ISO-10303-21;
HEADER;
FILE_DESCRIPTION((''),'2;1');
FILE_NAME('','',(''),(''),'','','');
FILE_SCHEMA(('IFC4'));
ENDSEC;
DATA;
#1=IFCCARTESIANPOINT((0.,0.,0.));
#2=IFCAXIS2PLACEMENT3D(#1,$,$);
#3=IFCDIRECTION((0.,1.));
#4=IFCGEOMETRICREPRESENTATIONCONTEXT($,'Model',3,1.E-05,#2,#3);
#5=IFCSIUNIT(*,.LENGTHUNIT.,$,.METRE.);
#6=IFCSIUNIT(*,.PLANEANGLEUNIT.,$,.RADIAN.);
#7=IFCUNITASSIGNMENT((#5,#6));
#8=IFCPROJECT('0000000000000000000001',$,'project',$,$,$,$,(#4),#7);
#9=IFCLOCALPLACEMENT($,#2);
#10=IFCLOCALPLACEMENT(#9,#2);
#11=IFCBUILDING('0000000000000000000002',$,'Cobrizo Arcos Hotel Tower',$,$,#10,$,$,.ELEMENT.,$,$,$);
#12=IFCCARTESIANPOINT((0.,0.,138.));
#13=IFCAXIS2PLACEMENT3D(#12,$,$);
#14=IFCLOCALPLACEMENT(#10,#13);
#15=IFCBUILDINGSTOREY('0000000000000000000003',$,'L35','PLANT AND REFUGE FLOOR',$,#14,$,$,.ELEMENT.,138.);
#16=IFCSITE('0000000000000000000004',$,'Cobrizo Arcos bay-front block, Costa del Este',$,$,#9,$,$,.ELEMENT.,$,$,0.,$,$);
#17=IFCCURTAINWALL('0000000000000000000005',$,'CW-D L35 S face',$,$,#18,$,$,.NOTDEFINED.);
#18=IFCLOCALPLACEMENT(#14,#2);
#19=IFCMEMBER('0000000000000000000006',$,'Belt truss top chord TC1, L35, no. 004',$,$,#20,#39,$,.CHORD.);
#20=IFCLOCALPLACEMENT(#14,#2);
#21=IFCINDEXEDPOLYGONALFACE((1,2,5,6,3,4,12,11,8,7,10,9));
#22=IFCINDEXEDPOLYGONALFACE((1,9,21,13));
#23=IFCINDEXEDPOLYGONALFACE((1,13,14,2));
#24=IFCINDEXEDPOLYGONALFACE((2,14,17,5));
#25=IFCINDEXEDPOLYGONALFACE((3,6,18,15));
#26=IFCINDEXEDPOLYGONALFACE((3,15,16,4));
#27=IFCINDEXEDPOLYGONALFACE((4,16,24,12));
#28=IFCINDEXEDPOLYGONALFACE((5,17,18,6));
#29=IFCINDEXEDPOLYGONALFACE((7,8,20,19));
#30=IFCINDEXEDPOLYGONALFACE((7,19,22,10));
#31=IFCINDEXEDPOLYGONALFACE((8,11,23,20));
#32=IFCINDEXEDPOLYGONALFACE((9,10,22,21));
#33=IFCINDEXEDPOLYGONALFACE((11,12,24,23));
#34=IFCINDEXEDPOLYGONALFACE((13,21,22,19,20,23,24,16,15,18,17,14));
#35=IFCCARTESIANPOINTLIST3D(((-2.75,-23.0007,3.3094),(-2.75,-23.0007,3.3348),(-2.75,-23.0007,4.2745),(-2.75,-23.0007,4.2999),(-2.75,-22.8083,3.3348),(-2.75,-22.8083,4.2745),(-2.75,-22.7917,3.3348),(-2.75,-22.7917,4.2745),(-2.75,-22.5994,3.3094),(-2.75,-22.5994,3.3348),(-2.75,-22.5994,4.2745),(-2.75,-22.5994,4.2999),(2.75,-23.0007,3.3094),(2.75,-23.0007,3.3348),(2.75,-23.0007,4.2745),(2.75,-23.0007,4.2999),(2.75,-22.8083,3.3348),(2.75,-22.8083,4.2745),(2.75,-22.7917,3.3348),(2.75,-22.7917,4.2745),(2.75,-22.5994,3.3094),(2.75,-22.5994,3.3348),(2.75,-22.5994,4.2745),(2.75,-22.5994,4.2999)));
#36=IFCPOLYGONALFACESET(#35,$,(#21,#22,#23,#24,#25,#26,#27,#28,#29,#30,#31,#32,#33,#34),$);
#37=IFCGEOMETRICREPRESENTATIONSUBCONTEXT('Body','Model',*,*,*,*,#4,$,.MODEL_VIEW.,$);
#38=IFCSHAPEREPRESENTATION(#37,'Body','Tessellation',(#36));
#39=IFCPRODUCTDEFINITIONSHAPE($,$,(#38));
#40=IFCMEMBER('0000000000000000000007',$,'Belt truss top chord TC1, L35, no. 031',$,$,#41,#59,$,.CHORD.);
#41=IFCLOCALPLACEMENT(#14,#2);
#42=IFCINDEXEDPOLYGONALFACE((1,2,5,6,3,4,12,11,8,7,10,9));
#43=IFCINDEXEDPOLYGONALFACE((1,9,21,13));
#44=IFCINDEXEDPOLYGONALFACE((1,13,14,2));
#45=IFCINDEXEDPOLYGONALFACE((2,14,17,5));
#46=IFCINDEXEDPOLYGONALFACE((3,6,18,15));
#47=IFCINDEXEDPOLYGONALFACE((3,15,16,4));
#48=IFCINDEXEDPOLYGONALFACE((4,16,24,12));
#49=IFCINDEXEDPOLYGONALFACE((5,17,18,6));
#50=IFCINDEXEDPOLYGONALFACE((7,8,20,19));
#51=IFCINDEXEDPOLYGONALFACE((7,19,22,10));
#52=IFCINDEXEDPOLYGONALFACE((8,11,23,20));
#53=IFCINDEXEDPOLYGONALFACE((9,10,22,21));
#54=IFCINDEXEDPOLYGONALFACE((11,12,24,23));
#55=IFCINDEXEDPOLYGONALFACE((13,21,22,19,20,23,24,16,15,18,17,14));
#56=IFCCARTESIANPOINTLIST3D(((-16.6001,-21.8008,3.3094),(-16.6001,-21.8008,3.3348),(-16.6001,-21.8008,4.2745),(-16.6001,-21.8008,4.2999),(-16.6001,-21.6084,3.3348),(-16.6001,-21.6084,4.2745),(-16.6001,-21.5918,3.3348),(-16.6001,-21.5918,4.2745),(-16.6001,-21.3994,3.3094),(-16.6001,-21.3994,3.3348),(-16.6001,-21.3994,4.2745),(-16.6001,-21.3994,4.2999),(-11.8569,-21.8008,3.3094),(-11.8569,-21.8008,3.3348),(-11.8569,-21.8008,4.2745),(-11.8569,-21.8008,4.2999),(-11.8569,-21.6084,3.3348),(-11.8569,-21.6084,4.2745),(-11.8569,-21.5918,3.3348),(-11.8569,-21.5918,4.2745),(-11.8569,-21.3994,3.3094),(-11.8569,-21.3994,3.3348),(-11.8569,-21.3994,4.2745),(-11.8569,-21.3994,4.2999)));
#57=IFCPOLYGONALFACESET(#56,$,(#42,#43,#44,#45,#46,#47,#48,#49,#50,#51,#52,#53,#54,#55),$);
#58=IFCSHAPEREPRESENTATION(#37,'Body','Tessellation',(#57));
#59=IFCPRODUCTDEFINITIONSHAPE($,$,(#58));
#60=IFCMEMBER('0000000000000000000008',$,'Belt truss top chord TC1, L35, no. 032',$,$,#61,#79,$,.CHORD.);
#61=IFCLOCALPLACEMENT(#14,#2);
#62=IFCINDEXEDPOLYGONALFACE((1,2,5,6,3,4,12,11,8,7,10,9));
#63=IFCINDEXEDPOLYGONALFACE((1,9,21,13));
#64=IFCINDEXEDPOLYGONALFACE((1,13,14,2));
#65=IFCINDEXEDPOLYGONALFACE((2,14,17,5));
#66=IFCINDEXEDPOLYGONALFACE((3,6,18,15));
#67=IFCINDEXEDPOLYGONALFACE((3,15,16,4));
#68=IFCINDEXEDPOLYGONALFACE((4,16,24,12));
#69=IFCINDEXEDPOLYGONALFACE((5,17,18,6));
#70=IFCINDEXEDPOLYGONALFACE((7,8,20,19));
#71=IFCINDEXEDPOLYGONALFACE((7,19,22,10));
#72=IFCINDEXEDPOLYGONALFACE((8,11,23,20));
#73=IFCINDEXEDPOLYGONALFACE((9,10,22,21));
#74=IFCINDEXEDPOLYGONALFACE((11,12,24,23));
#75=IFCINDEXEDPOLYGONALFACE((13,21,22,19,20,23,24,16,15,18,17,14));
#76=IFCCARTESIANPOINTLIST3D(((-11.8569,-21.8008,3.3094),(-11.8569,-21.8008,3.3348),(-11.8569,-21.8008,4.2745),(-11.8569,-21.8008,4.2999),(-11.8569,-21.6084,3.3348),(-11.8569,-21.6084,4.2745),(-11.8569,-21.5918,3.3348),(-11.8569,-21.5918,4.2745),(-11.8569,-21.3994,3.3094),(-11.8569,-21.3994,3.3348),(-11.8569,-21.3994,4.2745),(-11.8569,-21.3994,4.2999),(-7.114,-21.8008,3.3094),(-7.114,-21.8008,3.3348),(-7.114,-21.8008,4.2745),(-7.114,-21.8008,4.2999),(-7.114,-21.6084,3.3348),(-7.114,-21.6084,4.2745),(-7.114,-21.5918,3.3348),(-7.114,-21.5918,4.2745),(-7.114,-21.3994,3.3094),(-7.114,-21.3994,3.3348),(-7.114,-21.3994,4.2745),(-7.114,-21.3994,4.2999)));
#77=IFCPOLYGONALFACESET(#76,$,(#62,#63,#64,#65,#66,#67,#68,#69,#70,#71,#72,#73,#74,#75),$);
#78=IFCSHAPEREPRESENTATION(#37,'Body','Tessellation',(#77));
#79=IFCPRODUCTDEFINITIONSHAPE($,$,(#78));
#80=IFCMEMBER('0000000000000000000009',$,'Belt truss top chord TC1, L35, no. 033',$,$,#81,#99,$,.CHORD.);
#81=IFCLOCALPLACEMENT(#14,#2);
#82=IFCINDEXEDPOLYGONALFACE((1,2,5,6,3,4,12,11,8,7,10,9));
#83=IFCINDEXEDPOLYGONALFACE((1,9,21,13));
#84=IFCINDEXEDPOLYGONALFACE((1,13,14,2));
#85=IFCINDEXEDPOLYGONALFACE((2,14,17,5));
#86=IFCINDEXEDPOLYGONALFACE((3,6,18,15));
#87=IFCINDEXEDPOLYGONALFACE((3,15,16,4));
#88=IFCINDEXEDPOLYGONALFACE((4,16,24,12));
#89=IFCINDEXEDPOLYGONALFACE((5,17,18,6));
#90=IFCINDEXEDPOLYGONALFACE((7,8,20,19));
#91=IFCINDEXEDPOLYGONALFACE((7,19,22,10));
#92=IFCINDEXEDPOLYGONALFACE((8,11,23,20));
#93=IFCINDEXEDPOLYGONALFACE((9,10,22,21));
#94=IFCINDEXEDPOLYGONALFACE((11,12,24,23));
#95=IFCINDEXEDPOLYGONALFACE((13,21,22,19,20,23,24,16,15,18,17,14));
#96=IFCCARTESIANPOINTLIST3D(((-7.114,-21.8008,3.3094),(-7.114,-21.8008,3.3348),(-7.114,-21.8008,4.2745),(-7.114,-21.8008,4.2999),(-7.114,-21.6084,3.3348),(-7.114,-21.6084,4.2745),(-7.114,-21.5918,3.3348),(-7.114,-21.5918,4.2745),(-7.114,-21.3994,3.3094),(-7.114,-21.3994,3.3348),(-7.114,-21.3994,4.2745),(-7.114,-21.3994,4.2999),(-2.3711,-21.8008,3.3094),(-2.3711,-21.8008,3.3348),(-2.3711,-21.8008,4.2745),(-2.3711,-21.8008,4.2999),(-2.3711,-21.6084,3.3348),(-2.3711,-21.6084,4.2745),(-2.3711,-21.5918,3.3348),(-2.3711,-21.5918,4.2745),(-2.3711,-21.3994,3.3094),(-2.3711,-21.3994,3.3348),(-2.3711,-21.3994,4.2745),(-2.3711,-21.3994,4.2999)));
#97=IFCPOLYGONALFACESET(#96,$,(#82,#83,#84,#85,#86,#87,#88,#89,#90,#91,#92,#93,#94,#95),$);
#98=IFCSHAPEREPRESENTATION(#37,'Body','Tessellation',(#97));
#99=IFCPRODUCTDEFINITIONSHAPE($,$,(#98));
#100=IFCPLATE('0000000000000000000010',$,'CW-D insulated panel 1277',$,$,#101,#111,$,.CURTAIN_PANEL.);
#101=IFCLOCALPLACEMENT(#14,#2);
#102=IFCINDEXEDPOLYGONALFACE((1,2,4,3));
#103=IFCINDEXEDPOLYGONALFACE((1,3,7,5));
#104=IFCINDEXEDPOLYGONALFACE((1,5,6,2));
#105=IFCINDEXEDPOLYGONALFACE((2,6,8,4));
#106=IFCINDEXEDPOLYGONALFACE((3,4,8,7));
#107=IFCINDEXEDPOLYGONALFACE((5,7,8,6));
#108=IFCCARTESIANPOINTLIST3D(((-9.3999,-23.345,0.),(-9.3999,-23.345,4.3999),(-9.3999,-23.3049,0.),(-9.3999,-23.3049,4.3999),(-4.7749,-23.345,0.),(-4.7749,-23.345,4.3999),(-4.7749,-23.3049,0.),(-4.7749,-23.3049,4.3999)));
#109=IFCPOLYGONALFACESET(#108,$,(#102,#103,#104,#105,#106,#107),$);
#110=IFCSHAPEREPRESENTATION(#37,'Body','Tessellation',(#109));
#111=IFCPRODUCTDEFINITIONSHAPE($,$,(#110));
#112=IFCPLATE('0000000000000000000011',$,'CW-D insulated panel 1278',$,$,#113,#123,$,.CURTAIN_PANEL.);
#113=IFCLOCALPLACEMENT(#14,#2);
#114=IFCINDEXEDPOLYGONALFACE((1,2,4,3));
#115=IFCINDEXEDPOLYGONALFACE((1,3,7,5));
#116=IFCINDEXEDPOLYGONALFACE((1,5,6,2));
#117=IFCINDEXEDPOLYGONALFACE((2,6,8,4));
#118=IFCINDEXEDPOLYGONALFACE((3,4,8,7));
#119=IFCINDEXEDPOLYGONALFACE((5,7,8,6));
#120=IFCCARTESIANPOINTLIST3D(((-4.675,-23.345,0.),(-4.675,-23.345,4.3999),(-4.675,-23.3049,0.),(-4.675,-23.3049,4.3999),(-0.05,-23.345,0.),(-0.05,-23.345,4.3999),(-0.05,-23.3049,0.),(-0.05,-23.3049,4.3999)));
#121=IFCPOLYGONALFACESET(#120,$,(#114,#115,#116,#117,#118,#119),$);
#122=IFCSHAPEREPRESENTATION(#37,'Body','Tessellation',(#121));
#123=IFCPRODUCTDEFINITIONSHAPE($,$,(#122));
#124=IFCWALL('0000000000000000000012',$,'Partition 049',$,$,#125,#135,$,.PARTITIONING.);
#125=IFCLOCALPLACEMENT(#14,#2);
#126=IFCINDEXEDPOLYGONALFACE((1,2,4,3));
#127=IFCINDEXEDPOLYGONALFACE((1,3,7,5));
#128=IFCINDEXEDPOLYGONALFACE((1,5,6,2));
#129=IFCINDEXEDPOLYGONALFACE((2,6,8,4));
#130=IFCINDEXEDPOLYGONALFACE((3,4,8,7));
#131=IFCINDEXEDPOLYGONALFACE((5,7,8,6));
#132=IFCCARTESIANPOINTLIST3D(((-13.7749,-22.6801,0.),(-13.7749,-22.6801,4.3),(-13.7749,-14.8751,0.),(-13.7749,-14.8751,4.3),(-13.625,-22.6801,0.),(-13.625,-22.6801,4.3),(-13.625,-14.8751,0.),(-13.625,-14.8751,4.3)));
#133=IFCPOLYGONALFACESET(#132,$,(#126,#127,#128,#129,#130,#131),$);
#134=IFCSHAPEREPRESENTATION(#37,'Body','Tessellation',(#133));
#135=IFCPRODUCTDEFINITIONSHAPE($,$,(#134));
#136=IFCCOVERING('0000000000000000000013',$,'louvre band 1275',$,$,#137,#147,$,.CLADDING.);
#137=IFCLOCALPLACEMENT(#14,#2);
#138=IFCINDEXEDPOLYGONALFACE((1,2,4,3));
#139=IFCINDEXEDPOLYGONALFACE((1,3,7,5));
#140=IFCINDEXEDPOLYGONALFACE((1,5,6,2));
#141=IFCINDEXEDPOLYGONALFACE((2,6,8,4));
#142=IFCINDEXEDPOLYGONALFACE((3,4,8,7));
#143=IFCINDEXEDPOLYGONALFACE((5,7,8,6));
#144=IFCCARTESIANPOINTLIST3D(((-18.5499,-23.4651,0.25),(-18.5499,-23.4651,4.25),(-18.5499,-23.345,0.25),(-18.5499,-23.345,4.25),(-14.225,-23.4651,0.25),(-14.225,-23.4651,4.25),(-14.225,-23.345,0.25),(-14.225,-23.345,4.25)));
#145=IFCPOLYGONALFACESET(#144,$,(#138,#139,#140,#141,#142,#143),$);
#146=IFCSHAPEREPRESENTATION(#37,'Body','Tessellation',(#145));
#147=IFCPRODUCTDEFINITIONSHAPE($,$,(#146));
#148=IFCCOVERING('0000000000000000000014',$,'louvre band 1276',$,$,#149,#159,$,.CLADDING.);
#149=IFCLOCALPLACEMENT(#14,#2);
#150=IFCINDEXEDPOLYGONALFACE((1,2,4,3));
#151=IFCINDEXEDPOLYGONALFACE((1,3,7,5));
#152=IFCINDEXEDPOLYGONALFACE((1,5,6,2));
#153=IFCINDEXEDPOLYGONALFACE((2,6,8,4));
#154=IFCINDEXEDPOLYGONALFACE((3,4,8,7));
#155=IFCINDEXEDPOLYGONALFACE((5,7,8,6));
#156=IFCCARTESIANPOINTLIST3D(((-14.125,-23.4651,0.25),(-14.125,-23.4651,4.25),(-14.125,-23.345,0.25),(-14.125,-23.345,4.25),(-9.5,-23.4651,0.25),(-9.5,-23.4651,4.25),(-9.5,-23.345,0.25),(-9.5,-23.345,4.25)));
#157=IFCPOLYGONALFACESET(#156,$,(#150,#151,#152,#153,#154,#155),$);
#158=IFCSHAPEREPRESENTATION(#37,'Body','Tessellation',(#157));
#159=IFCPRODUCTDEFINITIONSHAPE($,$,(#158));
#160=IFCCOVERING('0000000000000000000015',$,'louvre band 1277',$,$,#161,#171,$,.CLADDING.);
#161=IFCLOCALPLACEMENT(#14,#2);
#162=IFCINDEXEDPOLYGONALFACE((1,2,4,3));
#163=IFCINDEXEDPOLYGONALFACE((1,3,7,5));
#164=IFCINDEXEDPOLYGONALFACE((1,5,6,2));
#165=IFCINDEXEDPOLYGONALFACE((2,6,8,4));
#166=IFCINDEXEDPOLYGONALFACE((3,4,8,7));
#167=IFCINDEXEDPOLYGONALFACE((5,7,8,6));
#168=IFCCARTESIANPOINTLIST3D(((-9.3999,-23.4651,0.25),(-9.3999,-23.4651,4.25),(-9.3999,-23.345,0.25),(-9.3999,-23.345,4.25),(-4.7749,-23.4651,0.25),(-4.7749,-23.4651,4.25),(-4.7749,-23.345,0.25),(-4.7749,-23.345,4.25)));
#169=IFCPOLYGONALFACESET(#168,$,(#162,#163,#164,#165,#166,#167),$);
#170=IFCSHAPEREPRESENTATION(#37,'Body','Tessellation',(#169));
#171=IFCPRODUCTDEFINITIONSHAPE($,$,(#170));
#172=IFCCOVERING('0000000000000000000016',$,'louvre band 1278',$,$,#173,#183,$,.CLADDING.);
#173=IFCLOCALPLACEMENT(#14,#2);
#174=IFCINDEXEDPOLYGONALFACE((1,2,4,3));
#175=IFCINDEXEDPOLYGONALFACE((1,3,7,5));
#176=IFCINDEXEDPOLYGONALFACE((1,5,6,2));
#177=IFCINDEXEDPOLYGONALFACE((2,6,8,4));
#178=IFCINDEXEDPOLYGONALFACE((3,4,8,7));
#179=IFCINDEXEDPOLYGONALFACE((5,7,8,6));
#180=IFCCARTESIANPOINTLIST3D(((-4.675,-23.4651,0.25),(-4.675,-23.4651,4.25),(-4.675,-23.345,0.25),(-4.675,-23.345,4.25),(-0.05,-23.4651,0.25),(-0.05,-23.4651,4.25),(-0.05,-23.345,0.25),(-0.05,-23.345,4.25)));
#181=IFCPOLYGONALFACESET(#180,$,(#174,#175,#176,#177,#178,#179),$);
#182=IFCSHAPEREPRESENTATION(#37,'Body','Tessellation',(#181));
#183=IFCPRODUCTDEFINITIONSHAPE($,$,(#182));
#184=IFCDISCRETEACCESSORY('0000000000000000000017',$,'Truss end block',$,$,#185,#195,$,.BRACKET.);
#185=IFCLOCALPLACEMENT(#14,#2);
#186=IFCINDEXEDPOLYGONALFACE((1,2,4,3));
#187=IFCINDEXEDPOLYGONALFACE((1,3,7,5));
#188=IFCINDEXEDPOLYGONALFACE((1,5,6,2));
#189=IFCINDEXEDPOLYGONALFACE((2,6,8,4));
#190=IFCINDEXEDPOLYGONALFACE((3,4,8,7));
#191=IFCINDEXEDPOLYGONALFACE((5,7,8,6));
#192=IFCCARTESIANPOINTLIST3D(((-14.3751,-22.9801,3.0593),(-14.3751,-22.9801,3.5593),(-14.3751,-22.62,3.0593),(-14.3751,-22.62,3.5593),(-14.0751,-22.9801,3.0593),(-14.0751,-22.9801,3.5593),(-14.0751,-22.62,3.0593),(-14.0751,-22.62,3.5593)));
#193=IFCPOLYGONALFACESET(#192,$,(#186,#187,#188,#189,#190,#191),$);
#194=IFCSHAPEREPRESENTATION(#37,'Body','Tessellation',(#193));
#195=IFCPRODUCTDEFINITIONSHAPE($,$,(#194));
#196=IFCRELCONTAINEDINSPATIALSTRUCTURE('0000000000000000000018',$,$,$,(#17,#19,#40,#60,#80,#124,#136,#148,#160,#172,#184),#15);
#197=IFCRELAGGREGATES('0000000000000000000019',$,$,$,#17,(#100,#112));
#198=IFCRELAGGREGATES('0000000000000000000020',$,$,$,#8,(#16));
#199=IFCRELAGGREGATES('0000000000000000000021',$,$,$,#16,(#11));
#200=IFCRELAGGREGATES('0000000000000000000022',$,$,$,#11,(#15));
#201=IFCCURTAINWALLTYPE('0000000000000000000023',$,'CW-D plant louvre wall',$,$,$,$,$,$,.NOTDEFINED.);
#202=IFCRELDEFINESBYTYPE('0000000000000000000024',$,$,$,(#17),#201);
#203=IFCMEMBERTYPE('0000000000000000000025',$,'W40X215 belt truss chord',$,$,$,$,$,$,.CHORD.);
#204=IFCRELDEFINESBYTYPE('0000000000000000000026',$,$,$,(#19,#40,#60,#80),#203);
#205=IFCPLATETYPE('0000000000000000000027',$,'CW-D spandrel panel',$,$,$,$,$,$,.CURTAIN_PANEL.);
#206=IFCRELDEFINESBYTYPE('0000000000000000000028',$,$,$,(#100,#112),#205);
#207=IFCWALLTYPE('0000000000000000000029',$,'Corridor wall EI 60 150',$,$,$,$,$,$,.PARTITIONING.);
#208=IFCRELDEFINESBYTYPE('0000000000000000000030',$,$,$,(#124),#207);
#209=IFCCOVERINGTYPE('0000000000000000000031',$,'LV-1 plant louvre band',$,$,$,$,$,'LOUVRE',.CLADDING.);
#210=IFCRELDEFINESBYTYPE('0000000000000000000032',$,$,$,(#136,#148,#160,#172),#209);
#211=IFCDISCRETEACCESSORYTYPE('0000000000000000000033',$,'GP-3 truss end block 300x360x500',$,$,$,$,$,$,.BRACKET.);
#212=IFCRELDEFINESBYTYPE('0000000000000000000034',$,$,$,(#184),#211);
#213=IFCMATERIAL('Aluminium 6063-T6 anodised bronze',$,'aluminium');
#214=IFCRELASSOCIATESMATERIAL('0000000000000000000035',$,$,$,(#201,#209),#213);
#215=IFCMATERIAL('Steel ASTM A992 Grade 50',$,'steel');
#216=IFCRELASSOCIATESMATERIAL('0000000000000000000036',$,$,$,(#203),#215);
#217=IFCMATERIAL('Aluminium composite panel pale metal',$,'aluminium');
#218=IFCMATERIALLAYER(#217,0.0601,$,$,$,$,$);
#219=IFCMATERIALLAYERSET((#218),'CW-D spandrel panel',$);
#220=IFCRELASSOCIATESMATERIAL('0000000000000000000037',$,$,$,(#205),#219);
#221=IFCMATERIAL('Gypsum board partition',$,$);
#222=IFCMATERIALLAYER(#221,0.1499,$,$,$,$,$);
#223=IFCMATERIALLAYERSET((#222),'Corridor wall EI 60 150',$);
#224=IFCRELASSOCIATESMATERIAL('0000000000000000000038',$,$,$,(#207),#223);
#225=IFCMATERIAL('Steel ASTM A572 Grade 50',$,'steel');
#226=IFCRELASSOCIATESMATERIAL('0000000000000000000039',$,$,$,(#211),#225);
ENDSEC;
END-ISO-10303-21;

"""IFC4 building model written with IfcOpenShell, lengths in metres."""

from ifc_helpers import new_model, si_unit, direction, frame, frame_2d, origin, origin_2d, place, context, subcontext, project, spatial, rectangle, i_section, extrude, material, layer, layer_set, material_profile, profile_set, type_object, element, aggregate, save


model = new_model("IFC4")

# Units and contexts
model_context = context("Model", 3, precision=1e-05, world=origin(), true_north=direction((0.0, 1.0)))
body_context = subcontext(model_context, "Body", "Model", "MODEL_VIEW")
ifc_project = project(units=[si_unit("LENGTHUNIT", "METRE"), si_unit("PLANEANGLEUNIT", "RADIAN")], contexts=[model_context])

# Site, building, storey
site_placement = place(None, origin())
site = spatial("IfcSite", under=ifc_project, at=site_placement, Name="Cobrizo Arcos bay-front block, Costa del Este", CompositionType="ELEMENT", RefElevation=0.0)
building_placement = place(site_placement, origin())
building = spatial("IfcBuilding", under=site, at=building_placement, Name="Cobrizo Arcos Hotel Tower", CompositionType="ELEMENT")
storey_placement = place(building_placement, frame((0.0, 0.0, 138.0)))
storey = spatial("IfcBuildingStorey", under=building, at=storey_placement, Name="L35", Description="PLANT AND REFUGE FLOOR", CompositionType="ELEMENT", Elevation=138.0)

# Curtain wall
ifc_material_1 = material(Name="Aluminium 6063-T6 anodised bronze", Category="aluminium")
curtain_wall_type = type_object("IfcCurtainWallType", Name="CW-D plant louvre wall", PredefinedType="NOTDEFINED", material=ifc_material_1)
curtain_wall_placement = place(storey_placement, origin())
curtain_wall = element("IfcCurtainWall", 1, at=curtain_wall_placement, inside=storey, type_object=curtain_wall_type, Name="CW-D L35 S face", PredefinedType="NOTDEFINED")

# Members
ifc_material_2 = material(Name="Steel ASTM A992 Grade 50", Category="steel")
ifc_material_profile_1 = material_profile(ifc_material_2, i_section(OverallWidth=0.4014, OverallDepth=0.9905, WebThickness=0.0166, FlangeThickness=0.0254, at=origin_2d()), Name="W40X215")
ifc_profile_set_1 = profile_set([ifc_material_profile_1], Name="Steel ASTM A992 Grade 50")
member_type_1 = type_object("IfcMemberType", Name="W40X215 belt truss chord", PredefinedType="CHORD", material=ifc_profile_set_1)
member_1_placement = place(storey_placement, frame((-2.75, -22.8, 3.8047), z_axis=(1.0, 0.0, 0.0), x_axis=(0.0, 1.0, 0.0)))
element("IfcMember", 2, at=member_1_placement, inside=storey, type_object=member_type_1, Name="Belt truss top chord TC1, L35, no. 004", PredefinedType="CHORD", context=body_context, shape_type="SweptSolid", body=[
    extrude(i_section(OverallWidth=0.4014, OverallDepth=0.9905, WebThickness=0.0166, FlangeThickness=0.0254, at=origin_2d()), origin(), (0.0, 0.0, 1.0), 5.5),
])
member_2_placement = place(storey_placement, frame((-16.6001, -21.6001, 3.8047), z_axis=(1.0, 0.0, 0.0), x_axis=(0.0, 1.0, 0.0)))
element("IfcMember", 3, at=member_2_placement, inside=storey, type_object=member_type_1, Name="Belt truss top chord TC1, L35, no. 031", PredefinedType="CHORD", context=body_context, shape_type="SweptSolid", body=[
    extrude(i_section(OverallWidth=0.4014, OverallDepth=0.9905, WebThickness=0.0166, FlangeThickness=0.0254, at=origin_2d()), origin(), (0.0, 0.0, 1.0), 4.7432),
])
for number, where, z_axis, x_axis, name in (
    (4, (-11.8569, -21.6001, 3.8047), (1.0, 0.0, 0.0), (0.0, 1.0, 0.0), "Belt truss top chord TC1, L35, no. 032"),
    (5, (-7.114, -21.6001, 3.8047), (1.0, 0.0, 0.0), (0.0, 1.0, 0.0), "Belt truss top chord TC1, L35, no. 033"),
):
    element("IfcMember", number, at=place(storey_placement, frame(where, z_axis=z_axis, x_axis=x_axis)), inside=storey, type_object=member_type_1, Name=name, PredefinedType="CHORD", context=body_context, shape_type="SweptSolid", body=[
        extrude(i_section(OverallWidth=0.4014, OverallDepth=0.9905, WebThickness=0.0166, FlangeThickness=0.0254, at=origin_2d()), origin(), (0.0, 0.0, 1.0), 4.7429),
    ])

# Plates
ifc_material_3 = material(Name="Aluminium composite panel pale metal", Category="aluminium")
ifc_layer_1 = layer(ifc_material_3, 0.0601)
ifc_layer_set_1 = layer_set([ifc_layer_1], Name="CW-D spandrel panel")
plate_type = type_object("IfcPlateType", Name="CW-D spandrel panel", PredefinedType="CURTAIN_PANEL", material=ifc_layer_set_1)
plate_1_placement = place(storey_placement, frame((-7.0874, -23.325, 0.0), z_axis=(0.0, 0.0, 1.0), x_axis=(1.0, 0.0, 0.0)))
plate_1 = element("IfcPlate", 6, at=plate_1_placement, type_object=plate_type, Name="CW-D insulated panel 1277", PredefinedType="CURTAIN_PANEL", context=body_context, shape_type="SweptSolid", body=[
    extrude(rectangle(XDim=4.625, YDim=0.04, at=origin_2d()), origin(), (0.0, 0.0, 1.0), 4.3999),
])
plate_2_placement = place(storey_placement, frame((-2.3625, -23.325, 0.0), z_axis=(0.0, 0.0, 1.0), x_axis=(1.0, 0.0, 0.0)))
plate_2 = element("IfcPlate", 7, at=plate_2_placement, type_object=plate_type, Name="CW-D insulated panel 1278", PredefinedType="CURTAIN_PANEL", context=body_context, shape_type="SweptSolid", body=[
    extrude(rectangle(XDim=4.625, YDim=0.04, at=origin_2d()), origin(), (0.0, 0.0, 1.0), 4.3999),
])
aggregate(curtain_wall, [plate_1, plate_2])

# Wall
ifc_material_4 = material(Name="Gypsum board partition")
ifc_layer_2 = layer(ifc_material_4, 0.1499)
ifc_layer_set_2 = layer_set([ifc_layer_2], Name="Corridor wall EI 60 150")
wall_type = type_object("IfcWallType", Name="Corridor wall EI 60 150", PredefinedType="PARTITIONING", material=ifc_layer_set_2)
wall_placement = place(storey_placement, frame((-13.7, -22.6799, 0.0), z_axis=(0.0, 0.0, 1.0), x_axis=(0.0, 1.0, 0.0)))
element("IfcWall", 8, at=wall_placement, inside=storey, type_object=wall_type, Name="Partition 049", PredefinedType="PARTITIONING", context=body_context, shape_type="SweptSolid", body=[
    extrude(rectangle(XDim=7.8049, YDim=0.1499, at=frame_2d((3.9023, 0.0))), origin(), (0.0, 0.0, 1.0), 4.3),
])

# Coverings
covering_type = type_object("IfcCoveringType", Name="LV-1 plant louvre band", ElementType="LOUVRE", PredefinedType="CLADDING", material=ifc_material_1)
covering_placement = place(storey_placement, frame((-16.3875, -23.405, 0.25), z_axis=(0.0, 0.0, 1.0), x_axis=(1.0, 0.0, 0.0)))
element("IfcCovering", 9, at=covering_placement, inside=storey, type_object=covering_type, Name="louvre band 1275", PredefinedType="CLADDING", context=body_context, shape_type="SweptSolid", body=[
    extrude(rectangle(XDim=4.325, YDim=0.1201, at=origin_2d()), origin(), (0.0, 0.0, 1.0), 4.0),
])
for number, where, z_axis, x_axis, name in (
    (10, (-11.8125, -23.405, 0.25), (0.0, 0.0, 1.0), (1.0, 0.0, 0.0), "louvre band 1276"),
    (11, (-7.0874, -23.405, 0.25), (0.0, 0.0, 1.0), (1.0, 0.0, 0.0), "louvre band 1277"),
    (12, (-2.3625, -23.405, 0.25), (0.0, 0.0, 1.0), (1.0, 0.0, 0.0), "louvre band 1278"),
):
    element("IfcCovering", number, at=place(storey_placement, frame(where, z_axis=z_axis, x_axis=x_axis)), inside=storey, type_object=covering_type, Name=name, PredefinedType="CLADDING", context=body_context, shape_type="SweptSolid", body=[
        extrude(rectangle(XDim=4.625, YDim=0.1201, at=origin_2d()), origin(), (0.0, 0.0, 1.0), 4.0),
    ])

# Discrete accessory
ifc_material_5 = material(Name="Steel ASTM A572 Grade 50", Category="steel")
discrete_accessory_type_1 = type_object("IfcDiscreteAccessoryType", Name="GP-3 truss end block 300x360x500", PredefinedType="BRACKET", material=ifc_material_5)
for number, where, z_axis, x_axis, name in (
    (13, (-14.2251, -22.8, 3.0593), (0.0, 0.0, 1.0), (-1.0, 0.0, 0.0), "Truss end block"),
):
    element("IfcDiscreteAccessory", number, at=place(storey_placement, frame(where, z_axis=z_axis, x_axis=x_axis)), inside=storey, type_object=discrete_accessory_type_1, Name=name, PredefinedType="BRACKET", context=body_context, shape_type="SweptSolid", body=[
        extrude(rectangle(XDim=0.3, YDim=0.3601, at=origin_2d()), origin(), (0.0, 0.0, 1.0), 0.5),
    ])

save(model, "model.ifc")
